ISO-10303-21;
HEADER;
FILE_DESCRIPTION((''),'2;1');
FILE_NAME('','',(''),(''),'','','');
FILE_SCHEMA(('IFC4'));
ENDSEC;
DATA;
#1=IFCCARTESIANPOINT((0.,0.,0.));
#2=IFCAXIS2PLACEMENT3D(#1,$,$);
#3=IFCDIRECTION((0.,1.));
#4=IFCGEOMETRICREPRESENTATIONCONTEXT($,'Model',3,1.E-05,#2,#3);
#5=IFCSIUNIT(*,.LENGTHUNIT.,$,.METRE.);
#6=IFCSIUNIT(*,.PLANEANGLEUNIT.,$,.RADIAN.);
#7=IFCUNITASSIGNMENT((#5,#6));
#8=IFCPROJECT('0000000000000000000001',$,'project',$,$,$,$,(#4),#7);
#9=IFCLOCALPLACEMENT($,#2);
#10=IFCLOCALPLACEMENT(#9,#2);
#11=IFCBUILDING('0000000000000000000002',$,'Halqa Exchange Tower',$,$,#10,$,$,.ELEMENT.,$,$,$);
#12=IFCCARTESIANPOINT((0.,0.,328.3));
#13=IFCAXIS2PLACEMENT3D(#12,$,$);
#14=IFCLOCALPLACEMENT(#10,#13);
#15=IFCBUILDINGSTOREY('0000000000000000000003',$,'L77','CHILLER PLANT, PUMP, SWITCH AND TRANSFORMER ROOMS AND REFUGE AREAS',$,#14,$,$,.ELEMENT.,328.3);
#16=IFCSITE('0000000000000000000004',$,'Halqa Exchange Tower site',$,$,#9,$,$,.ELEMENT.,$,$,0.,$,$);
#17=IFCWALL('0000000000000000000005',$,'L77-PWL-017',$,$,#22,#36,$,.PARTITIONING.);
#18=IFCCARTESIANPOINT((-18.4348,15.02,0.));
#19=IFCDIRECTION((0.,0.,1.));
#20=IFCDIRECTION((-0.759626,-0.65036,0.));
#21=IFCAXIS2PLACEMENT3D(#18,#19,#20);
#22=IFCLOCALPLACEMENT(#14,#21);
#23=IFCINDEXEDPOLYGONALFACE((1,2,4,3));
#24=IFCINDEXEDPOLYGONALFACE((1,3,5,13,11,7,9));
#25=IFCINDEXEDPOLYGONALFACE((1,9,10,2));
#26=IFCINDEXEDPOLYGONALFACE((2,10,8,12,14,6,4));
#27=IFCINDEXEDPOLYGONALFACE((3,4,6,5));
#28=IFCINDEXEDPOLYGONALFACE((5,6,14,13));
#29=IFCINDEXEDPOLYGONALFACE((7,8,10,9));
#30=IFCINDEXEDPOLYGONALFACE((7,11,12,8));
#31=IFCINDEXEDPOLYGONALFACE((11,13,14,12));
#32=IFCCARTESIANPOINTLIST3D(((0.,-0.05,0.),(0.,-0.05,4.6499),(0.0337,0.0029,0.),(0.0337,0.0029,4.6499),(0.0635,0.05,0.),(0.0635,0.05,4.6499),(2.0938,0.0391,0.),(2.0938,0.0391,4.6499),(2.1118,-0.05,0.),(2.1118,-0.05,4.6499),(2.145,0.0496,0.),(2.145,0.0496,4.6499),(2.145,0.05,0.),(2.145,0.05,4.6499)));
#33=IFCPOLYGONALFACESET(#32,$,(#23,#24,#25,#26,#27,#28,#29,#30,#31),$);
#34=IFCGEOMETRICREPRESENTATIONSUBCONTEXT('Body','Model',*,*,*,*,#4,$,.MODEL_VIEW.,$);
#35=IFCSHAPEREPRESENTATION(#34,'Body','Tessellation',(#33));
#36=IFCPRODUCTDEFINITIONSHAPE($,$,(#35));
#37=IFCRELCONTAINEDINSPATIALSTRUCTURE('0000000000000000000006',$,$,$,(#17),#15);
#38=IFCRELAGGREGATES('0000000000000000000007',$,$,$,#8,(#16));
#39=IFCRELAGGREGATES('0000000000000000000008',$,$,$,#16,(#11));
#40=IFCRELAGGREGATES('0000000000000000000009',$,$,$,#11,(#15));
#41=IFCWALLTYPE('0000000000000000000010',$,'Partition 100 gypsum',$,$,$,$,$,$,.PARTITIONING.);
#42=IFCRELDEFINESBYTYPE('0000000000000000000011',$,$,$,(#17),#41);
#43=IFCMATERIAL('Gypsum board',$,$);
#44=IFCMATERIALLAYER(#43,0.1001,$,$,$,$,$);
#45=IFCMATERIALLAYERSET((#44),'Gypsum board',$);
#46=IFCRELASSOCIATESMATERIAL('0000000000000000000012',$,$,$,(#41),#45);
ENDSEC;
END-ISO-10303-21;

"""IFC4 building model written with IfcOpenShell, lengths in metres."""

from ifc_helpers import new_model, si_unit, direction, frame, origin, place, context, subcontext, project, spatial, polyline, outline, extrude, material, layer, layer_set, type_object, element, save


model = new_model("IFC4")

# Units and contexts
model_context = context("Model", 3, precision=1e-05, world=origin(), true_north=direction((0.0, 1.0)))
body_context = subcontext(model_context, "Body", "Model", "MODEL_VIEW")
ifc_project = project(units=[si_unit("LENGTHUNIT", "METRE"), si_unit("PLANEANGLEUNIT", "RADIAN")], contexts=[model_context])

# Site, building, storey
site_placement = place(None, origin())
site = spatial("IfcSite", under=ifc_project, at=site_placement, Name="Halqa Exchange Tower site", CompositionType="ELEMENT", RefElevation=0.0)
building_placement = place(site_placement, origin())
building = spatial("IfcBuilding", under=site, at=building_placement, Name="Halqa Exchange Tower", CompositionType="ELEMENT")
storey_placement = place(building_placement, frame((0.0, 0.0, 328.3)))
storey = spatial("IfcBuildingStorey", under=building, at=storey_placement, Name="L77", Description="CHILLER PLANT, PUMP, SWITCH AND TRANSFORMER ROOMS AND REFUGE AREAS", CompositionType="ELEMENT", Elevation=328.3)

# Wall
ifc_material_1 = material(Name="Gypsum board")
ifc_layer_1 = layer(ifc_material_1, 0.1001)
ifc_layer_set_1 = layer_set([ifc_layer_1], Name="Gypsum board")
wall_type_1 = type_object("IfcWallType", Name="Partition 100 gypsum", PredefinedType="PARTITIONING", material=ifc_layer_set_1)
wall_1_placement = place(storey_placement, frame((-18.4348, 15.02, 0.0), z_axis=(0.0, 0.0, 1.0), x_axis=(-0.759626, -0.65036, 0.0)))
element("IfcWall", 1, at=wall_1_placement, inside=storey, type_object=wall_type_1, Name="L77-PWL-017", PredefinedType="PARTITIONING", context=body_context, shape_type="SweptSolid", body=[
    extrude(outline(polyline([(0.0, -0.05), (2.1118, -0.05), (2.0938, 0.0391), (2.145, 0.0496), (2.145, 0.05), (0.0635, 0.05), (0.0337, 0.0029), (0.0, -0.05)])), origin(), (0.0, 0.0, 1.0), 4.6499),
])

save(model, "model.ifc")
